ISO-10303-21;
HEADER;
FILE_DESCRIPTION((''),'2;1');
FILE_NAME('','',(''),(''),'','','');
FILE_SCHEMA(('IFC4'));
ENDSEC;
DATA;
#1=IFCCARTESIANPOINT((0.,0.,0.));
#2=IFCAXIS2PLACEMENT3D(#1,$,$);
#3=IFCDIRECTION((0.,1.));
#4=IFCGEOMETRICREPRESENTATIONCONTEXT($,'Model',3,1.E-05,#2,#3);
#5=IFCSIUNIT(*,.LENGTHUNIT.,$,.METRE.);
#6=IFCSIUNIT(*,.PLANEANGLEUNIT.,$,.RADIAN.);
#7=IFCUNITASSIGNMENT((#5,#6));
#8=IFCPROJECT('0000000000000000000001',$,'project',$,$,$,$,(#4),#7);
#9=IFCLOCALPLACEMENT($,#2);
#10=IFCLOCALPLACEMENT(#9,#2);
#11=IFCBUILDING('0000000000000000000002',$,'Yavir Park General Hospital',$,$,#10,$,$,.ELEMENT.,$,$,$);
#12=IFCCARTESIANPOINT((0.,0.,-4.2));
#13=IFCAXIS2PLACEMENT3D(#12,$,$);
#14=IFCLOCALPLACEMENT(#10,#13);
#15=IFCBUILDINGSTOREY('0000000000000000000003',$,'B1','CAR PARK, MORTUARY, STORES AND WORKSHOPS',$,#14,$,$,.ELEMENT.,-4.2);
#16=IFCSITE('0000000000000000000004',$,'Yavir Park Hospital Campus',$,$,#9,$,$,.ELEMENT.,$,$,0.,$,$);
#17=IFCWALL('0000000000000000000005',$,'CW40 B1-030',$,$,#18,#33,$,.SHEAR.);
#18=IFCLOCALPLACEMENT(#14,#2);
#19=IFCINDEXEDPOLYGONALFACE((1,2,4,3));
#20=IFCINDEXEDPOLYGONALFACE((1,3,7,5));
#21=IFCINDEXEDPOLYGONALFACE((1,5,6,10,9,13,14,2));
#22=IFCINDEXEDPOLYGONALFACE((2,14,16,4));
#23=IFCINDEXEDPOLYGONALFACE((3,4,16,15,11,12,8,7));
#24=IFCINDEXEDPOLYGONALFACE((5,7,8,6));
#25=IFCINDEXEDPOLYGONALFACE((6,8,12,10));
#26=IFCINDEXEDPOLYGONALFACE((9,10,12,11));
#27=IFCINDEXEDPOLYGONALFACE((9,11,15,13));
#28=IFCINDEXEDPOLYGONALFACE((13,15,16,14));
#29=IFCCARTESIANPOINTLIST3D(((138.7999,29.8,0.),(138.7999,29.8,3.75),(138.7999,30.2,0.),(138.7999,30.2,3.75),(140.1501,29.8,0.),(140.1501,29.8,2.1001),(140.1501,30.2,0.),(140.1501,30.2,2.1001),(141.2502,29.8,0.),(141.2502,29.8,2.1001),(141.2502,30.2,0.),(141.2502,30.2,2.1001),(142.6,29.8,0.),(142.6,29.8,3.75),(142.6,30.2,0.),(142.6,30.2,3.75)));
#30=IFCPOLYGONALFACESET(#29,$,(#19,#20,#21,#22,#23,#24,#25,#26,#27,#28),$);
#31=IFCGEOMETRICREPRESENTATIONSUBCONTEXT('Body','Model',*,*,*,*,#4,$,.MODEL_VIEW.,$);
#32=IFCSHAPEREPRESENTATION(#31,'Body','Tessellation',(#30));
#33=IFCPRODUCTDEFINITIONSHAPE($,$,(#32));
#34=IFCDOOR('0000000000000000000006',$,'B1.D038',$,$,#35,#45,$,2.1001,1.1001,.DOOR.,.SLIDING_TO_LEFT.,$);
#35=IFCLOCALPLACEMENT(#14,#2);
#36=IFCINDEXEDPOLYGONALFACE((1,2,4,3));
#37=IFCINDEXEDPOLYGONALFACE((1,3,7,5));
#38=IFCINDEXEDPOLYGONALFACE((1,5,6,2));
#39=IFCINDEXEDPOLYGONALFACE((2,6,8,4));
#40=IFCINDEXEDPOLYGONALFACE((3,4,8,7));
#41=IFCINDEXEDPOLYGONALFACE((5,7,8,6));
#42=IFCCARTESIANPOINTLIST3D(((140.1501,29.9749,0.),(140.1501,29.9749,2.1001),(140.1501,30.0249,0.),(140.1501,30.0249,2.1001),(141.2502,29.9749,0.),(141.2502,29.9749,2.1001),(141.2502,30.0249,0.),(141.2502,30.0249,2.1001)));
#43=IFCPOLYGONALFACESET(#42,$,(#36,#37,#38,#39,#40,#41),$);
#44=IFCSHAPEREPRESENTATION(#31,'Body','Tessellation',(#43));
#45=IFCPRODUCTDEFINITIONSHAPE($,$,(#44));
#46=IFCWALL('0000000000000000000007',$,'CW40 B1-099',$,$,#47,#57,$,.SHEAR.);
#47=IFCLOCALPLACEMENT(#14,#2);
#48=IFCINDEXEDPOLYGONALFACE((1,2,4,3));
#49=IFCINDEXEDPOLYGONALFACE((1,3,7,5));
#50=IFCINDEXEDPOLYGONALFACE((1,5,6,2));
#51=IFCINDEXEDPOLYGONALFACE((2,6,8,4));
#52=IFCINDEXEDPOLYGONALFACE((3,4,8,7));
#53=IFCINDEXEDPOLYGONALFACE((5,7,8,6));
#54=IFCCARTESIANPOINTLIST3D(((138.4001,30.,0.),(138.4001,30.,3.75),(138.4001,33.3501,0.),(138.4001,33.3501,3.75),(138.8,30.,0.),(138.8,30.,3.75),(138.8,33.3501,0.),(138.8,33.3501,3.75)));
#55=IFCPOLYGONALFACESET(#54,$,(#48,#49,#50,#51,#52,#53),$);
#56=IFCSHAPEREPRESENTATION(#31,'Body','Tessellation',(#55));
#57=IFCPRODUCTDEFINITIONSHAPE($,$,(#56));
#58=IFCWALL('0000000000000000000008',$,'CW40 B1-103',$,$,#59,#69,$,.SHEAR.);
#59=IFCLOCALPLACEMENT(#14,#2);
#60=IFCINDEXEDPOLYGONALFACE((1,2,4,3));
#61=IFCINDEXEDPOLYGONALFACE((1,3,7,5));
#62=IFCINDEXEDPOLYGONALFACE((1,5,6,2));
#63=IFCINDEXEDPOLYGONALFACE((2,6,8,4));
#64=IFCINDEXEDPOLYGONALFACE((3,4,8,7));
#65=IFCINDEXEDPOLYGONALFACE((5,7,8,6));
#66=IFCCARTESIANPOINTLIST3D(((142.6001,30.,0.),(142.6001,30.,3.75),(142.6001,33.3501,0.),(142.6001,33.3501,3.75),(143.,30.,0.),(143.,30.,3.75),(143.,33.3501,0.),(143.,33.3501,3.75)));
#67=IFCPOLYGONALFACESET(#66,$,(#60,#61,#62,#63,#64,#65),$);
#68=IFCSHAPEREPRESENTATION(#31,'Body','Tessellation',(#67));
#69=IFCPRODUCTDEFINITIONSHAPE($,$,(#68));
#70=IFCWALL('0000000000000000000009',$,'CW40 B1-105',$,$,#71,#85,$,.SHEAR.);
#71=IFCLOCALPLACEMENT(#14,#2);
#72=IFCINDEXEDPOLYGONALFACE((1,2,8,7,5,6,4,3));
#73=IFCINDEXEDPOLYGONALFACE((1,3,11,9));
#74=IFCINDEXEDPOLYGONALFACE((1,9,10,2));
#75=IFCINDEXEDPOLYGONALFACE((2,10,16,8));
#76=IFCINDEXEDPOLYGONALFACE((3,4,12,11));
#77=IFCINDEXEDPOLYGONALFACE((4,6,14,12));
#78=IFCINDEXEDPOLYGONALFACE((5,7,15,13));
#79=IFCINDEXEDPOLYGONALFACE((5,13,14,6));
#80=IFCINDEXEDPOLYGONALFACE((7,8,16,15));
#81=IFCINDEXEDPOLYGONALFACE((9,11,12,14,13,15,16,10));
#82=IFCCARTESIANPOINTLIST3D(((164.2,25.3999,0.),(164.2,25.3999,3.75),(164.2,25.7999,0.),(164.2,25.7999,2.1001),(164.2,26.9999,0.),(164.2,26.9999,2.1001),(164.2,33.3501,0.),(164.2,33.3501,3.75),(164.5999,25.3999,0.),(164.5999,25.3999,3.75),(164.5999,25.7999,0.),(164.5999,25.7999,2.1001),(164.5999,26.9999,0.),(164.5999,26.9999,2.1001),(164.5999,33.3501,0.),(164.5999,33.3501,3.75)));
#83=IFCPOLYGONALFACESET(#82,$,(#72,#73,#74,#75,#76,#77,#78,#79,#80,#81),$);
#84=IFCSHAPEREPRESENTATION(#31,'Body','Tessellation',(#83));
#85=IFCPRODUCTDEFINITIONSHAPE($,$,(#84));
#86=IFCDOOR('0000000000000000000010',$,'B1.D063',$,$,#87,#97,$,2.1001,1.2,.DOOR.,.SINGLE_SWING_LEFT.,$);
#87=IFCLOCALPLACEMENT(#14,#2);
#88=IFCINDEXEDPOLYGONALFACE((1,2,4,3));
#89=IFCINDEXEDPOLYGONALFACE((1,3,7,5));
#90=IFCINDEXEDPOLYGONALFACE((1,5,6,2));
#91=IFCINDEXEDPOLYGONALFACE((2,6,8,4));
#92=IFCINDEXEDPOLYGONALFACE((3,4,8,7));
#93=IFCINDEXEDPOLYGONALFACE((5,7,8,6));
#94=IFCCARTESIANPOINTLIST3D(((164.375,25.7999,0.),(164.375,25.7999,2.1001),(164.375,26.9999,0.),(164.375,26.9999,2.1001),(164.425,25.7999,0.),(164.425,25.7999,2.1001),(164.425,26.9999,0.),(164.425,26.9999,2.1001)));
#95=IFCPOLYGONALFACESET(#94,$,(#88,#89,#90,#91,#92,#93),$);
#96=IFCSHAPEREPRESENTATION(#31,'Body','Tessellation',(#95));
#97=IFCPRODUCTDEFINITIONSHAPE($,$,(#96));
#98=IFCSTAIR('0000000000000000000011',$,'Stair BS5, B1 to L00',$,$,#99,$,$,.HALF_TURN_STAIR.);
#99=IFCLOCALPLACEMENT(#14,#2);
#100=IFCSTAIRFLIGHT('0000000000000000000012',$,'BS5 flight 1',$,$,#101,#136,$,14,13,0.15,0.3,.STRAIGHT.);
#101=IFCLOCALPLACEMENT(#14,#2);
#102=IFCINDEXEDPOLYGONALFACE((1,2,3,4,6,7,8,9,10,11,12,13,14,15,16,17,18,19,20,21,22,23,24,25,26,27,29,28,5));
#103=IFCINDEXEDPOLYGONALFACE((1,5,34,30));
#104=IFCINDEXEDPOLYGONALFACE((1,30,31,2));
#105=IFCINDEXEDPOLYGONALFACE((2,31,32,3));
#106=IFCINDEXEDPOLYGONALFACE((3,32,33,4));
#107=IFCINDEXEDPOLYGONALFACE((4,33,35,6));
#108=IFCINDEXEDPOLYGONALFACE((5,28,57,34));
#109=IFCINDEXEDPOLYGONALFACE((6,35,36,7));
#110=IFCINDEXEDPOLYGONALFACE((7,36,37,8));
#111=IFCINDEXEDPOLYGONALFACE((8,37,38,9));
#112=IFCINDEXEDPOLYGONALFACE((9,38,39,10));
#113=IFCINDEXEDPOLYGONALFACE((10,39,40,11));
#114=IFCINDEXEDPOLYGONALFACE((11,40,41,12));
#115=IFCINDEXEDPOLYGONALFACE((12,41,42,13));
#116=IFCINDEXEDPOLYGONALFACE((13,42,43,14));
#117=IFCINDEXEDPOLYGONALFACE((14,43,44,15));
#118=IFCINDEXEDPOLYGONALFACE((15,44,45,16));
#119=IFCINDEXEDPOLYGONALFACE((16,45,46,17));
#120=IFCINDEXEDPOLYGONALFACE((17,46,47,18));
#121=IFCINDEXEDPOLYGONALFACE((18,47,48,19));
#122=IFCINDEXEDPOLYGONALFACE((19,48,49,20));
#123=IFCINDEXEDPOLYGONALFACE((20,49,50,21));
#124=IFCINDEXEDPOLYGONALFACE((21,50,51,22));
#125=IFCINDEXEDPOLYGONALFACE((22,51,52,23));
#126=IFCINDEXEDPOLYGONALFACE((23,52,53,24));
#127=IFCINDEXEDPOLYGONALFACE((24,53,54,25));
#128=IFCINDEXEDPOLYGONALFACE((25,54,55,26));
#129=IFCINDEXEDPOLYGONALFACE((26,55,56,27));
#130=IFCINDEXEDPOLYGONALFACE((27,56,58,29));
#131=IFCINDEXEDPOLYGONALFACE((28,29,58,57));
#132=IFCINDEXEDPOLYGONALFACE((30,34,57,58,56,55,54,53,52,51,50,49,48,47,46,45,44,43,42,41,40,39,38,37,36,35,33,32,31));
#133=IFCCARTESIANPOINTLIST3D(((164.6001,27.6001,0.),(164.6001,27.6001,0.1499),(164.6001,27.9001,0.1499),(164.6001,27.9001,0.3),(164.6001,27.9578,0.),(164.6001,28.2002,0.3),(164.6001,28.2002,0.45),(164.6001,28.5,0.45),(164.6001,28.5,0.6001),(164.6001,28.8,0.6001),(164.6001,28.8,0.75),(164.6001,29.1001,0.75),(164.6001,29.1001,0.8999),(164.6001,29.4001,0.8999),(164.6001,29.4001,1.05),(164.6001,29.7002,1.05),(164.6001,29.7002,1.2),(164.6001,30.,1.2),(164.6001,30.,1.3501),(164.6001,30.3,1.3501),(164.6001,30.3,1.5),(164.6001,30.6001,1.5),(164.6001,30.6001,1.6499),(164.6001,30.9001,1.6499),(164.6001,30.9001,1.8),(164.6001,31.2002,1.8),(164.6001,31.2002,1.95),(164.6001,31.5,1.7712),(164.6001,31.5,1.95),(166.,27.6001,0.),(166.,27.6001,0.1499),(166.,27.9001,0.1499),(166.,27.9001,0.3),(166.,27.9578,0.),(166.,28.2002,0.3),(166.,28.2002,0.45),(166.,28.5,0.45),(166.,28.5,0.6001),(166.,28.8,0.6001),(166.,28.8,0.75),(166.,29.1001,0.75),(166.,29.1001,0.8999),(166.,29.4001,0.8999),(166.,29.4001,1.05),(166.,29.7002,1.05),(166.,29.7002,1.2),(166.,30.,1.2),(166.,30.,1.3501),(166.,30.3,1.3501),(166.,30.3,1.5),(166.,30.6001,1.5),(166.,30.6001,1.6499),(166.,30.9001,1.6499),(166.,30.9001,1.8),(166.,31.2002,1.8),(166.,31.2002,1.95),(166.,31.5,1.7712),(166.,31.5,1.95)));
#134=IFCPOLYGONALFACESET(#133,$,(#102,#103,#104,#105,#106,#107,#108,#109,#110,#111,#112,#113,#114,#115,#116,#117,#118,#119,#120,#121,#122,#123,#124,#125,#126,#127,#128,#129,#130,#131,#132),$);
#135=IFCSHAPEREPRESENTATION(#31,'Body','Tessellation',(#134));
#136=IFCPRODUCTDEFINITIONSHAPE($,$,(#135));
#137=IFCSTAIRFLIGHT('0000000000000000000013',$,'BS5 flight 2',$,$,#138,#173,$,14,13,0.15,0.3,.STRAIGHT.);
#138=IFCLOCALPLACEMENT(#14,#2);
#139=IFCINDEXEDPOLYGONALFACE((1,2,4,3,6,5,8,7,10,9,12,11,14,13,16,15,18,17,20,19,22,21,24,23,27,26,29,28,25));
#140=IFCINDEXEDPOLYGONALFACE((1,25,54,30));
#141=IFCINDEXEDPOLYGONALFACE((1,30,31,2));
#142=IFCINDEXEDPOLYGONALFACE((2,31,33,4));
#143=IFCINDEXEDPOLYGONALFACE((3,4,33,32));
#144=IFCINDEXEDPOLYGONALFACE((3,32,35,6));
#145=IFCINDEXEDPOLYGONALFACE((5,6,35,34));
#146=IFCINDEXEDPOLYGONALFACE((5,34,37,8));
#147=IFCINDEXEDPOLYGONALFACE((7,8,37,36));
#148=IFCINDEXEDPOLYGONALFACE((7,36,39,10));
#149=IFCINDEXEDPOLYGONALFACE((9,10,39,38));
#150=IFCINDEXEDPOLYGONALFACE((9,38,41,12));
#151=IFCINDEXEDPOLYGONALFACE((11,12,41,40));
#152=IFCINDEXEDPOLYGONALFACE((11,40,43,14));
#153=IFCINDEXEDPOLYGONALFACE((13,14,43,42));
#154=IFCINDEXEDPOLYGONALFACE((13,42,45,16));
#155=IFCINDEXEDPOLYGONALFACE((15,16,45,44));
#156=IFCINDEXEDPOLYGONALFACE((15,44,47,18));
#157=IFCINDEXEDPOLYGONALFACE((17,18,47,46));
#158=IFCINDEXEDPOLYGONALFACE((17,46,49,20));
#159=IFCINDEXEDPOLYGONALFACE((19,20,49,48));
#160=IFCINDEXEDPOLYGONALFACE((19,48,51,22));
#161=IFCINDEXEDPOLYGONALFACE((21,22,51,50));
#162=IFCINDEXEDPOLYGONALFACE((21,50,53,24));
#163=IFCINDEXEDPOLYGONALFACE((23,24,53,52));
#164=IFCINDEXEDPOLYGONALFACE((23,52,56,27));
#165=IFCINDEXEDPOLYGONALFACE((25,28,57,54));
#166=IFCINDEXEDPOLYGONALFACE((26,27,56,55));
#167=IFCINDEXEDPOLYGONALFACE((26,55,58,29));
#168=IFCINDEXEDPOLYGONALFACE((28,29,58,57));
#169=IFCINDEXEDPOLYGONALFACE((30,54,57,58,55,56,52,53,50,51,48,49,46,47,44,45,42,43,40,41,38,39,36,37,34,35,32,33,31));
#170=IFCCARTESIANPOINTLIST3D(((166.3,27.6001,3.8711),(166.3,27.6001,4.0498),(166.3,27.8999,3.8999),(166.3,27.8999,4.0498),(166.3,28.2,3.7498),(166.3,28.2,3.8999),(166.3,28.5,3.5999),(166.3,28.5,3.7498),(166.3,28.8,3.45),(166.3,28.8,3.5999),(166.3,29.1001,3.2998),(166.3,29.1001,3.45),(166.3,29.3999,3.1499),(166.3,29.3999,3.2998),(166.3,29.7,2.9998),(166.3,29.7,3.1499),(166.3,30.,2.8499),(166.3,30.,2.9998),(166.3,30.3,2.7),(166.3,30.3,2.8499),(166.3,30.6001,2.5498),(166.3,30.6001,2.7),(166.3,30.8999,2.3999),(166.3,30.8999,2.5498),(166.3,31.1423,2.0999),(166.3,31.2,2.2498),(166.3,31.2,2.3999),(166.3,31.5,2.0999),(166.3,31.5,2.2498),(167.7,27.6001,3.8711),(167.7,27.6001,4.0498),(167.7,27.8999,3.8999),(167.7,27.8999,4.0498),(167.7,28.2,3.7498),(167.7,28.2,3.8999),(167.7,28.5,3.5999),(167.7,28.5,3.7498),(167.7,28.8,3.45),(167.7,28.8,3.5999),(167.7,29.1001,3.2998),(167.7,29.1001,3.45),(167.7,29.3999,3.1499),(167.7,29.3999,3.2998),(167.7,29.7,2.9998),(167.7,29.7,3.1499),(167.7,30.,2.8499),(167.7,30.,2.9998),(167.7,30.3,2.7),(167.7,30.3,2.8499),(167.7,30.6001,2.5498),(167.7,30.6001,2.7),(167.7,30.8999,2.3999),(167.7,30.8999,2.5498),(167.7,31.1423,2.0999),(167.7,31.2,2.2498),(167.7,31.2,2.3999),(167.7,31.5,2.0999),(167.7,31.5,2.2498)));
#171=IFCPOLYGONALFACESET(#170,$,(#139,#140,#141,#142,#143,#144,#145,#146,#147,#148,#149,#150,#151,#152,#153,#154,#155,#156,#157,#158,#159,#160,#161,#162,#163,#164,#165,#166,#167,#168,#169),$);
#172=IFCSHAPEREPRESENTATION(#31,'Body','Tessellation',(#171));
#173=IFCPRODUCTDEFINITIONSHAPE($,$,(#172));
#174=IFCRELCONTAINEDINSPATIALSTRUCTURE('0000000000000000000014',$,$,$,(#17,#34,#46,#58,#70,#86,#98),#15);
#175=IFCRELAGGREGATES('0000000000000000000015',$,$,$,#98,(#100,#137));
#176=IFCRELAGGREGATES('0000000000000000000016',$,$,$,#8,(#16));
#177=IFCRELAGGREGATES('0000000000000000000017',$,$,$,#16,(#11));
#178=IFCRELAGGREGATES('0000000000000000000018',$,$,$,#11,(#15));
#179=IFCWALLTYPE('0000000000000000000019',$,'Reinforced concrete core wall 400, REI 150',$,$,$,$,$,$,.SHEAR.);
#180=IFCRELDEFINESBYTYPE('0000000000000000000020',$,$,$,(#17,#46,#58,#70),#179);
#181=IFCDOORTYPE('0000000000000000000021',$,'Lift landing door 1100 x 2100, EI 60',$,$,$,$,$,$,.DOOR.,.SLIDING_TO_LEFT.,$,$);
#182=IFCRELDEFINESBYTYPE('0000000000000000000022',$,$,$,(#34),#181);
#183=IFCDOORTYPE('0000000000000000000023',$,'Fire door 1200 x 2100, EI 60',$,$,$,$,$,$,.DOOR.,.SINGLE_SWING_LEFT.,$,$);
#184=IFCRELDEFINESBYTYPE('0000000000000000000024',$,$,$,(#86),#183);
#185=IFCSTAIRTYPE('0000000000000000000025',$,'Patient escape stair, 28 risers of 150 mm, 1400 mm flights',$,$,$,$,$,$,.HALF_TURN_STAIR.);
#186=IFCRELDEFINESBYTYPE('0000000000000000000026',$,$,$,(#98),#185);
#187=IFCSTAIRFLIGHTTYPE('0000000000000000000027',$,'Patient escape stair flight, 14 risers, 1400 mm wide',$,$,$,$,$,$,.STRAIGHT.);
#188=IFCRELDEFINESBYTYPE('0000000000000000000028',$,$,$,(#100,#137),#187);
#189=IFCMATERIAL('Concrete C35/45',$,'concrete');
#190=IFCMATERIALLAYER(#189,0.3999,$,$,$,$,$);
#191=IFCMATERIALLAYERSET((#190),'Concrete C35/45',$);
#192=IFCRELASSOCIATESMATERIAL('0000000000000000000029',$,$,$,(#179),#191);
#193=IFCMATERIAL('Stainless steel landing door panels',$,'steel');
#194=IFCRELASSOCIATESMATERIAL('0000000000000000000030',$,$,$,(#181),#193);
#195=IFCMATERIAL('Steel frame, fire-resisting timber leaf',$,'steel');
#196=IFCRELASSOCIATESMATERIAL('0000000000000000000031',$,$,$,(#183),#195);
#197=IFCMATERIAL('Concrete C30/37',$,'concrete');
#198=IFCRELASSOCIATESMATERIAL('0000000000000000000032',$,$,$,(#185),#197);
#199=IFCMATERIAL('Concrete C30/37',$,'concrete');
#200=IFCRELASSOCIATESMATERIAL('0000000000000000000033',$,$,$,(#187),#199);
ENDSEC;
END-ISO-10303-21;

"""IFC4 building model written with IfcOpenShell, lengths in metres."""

from ifc_helpers import new_model, si_unit, direction, frame, frame_2d, origin, place, context, subcontext, project, spatial, polyline, rectangle, outline, extrude, material, layer, layer_set, type_object, element, fill, aggregate, save


model = new_model("IFC4")

# Units and contexts
model_context = context("Model", 3, precision=1e-05, world=origin(), true_north=direction((0.0, 1.0)))
body_context = subcontext(model_context, "Body", "Model", "MODEL_VIEW")
ifc_project = project(units=[si_unit("LENGTHUNIT", "METRE"), si_unit("PLANEANGLEUNIT", "RADIAN")], contexts=[model_context])

# Site, building, storey
site_placement = place(None, origin())
site = spatial("IfcSite", under=ifc_project, at=site_placement, Name="Yavir Park Hospital Campus", CompositionType="ELEMENT", RefElevation=0.0)
building_placement = place(site_placement, origin())
building = spatial("IfcBuilding", under=site, at=building_placement, Name="Yavir Park General Hospital", CompositionType="ELEMENT")
storey_placement = place(building_placement, frame((0.0, 0.0, -4.2)))
storey = spatial("IfcBuildingStorey", under=building, at=storey_placement, Name="B1", Description="CAR PARK, MORTUARY, STORES AND WORKSHOPS", CompositionType="ELEMENT", Elevation=-4.2)

# Shared definitions
ifc_material_1 = material(Name="Concrete C35/45", Category="concrete")
ifc_layer_1 = layer(ifc_material_1, 0.3999)
ifc_layer_set_1 = layer_set([ifc_layer_1], Name="Concrete C35/45")
wall_type_1 = type_object("IfcWallType", Name="Reinforced concrete core wall 400, REI 150", PredefinedType="SHEAR", material=ifc_layer_set_1)

# Wall, opening, door
wall_1_placement = place(storey_placement, frame((138.8, 30.0, 0.0), z_axis=(0.0, 0.0, 1.0), x_axis=(1.0, 0.0, 0.0)))
wall_1 = element("IfcWall", 1, at=wall_1_placement, inside=storey, type_object=wall_type_1, Name="CW40 B1-030", PredefinedType="SHEAR", context=body_context, shape_type="SweptSolid", body=[
    extrude(rectangle(XDim=3.8, YDim=0.3999, at=frame_2d((1.8999, 0.0))), origin(), (0.0, 0.0, 1.0), 3.75),
])
opening_1_placement = place(wall_1_placement, frame((1.3501, 0.0, 0.0)))
opening_1 = element("IfcOpeningElement", 2, at=opening_1_placement, cuts=wall_1, PredefinedType="OPENING", context=body_context, shape_type="SweptSolid", body=[
    extrude(rectangle(XDim=1.1001, YDim=2.1001, at=frame_2d((0.55, 1.05))), frame((0.0, 0.21, 0.0), z_axis=(0.0, -1.0, 0.0), x_axis=(1.0, 0.0, 0.0)), (0.0, 0.0, 1.0), 0.4199),
])
ifc_material_2 = material(Name="Stainless steel landing door panels", Category="steel")
door_type_1 = type_object("IfcDoorType", Name="Lift landing door 1100 x 2100, EI 60", OperationType="SLIDING_TO_LEFT", PredefinedType="DOOR", material=ifc_material_2)
door_1_placement = place(opening_1_placement, origin())
door_1 = element("IfcDoor", 3, at=door_1_placement, inside=storey, type_object=door_type_1, Name="B1.D038", OperationType="SLIDING_TO_LEFT", OverallHeight=2.1001, OverallWidth=1.1001, PredefinedType="DOOR", context=body_context, shape_type="SweptSolid", body=[
    extrude(rectangle(XDim=1.1001, YDim=2.1001, at=frame_2d((0.55, 1.05))), frame((0.0, 0.0249, 0.0), z_axis=(0.0, -1.0, 0.0), x_axis=(1.0, 0.0, 0.0)), (0.0, 0.0, 1.0), 0.05),
])
fill(opening_1, door_1)

# Walls
for number, where, z_axis, x_axis, name in (
    (4, (138.6001, 30.0, 0.0), (0.0, 0.0, 1.0), (0.0, 1.0, 0.0), "CW40 B1-099"),
    (5, (142.8, 30.0, 0.0), (0.0, 0.0, 1.0), (0.0, 1.0, 0.0), "CW40 B1-103"),
):
    element("IfcWall", number, at=place(storey_placement, frame(where, z_axis=z_axis, x_axis=x_axis)), inside=storey, type_object=wall_type_1, Name=name, PredefinedType="SHEAR", context=body_context, shape_type="SweptSolid", body=[
        extrude(rectangle(XDim=3.3501, YDim=0.3999, at=frame_2d((1.675, 0.0))), origin(), (0.0, 0.0, 1.0), 3.75),
    ])

# Wall, opening, door
wall_2_placement = place(storey_placement, frame((164.3999, 25.3999, 0.0), z_axis=(0.0, 0.0, 1.0), x_axis=(0.0, 1.0, 0.0)))
wall_2 = element("IfcWall", 6, at=wall_2_placement, inside=storey, type_object=wall_type_1, Name="CW40 B1-105", PredefinedType="SHEAR", context=body_context, shape_type="SweptSolid", body=[
    extrude(rectangle(XDim=7.9502, YDim=0.3999, at=frame_2d((3.9751, 0.0))), origin(), (0.0, 0.0, 1.0), 3.75),
])
opening_2_placement = place(wall_2_placement, frame((0.3999, 0.0, 0.0)))
opening_2 = element("IfcOpeningElement", 7, at=opening_2_placement, cuts=wall_2, PredefinedType="OPENING", context=body_context, shape_type="SweptSolid", body=[
    extrude(rectangle(XDim=1.2, YDim=2.1001, at=frame_2d((0.6001, 1.05))), frame((0.0, 0.21, 0.0), z_axis=(0.0, -1.0, 0.0), x_axis=(1.0, 0.0, 0.0)), (0.0, 0.0, 1.0), 0.4199),
])
ifc_material_3 = material(Name="Steel frame, fire-resisting timber leaf", Category="steel")
door_type_2 = type_object("IfcDoorType", Name="Fire door 1200 x 2100, EI 60", OperationType="SINGLE_SWING_LEFT", PredefinedType="DOOR", material=ifc_material_3)
door_2_placement = place(opening_2_placement, origin())
door_2 = element("IfcDoor", 8, at=door_2_placement, inside=storey, type_object=door_type_2, Name="B1.D063", OperationType="SINGLE_SWING_LEFT", OverallHeight=2.1001, OverallWidth=1.2, PredefinedType="DOOR", context=body_context, shape_type="SweptSolid", body=[
    extrude(rectangle(XDim=1.2, YDim=2.1001, at=frame_2d((0.6001, 1.05))), frame((0.0, 0.0249, 0.0), z_axis=(0.0, -1.0, 0.0), x_axis=(1.0, 0.0, 0.0)), (0.0, 0.0, 1.0), 0.05),
])
fill(opening_2, door_2)

# Stair, stair flights
ifc_material_4 = material(Name="Concrete C30/37", Category="concrete")
stair_type = type_object("IfcStairType", Name="Patient escape stair, 28 risers of 150 mm, 1400 mm flights", PredefinedType="HALF_TURN_STAIR", material=ifc_material_4)
stair_placement = place(storey_placement, origin())
stair = element("IfcStair", 9, at=stair_placement, inside=storey, type_object=stair_type, Name="Stair BS5, B1 to L00", PredefinedType="HALF_TURN_STAIR")
ifc_material_5 = material(Name="Concrete C30/37", Category="concrete")
stair_flight_type = type_object("IfcStairFlightType", Name="Patient escape stair flight, 14 risers, 1400 mm wide", PredefinedType="STRAIGHT", material=ifc_material_5)
stair_flight_1_placement = place(storey_placement, frame((165.3, 27.6001, 0.0), z_axis=(0.0, 0.0, 1.0), x_axis=(0.0, 1.0, 0.0)))
stair_flight_1 = element("IfcStairFlight", 10, at=stair_flight_1_placement, type_object=stair_flight_type, Name="BS5 flight 1", NumberOfRisers=14, NumberOfTreads=13, PredefinedType="STRAIGHT", RiserHeight=0.15, TreadLength=0.3, context=body_context, shape_type="SweptSolid", body=[
    extrude(outline(polyline([(0.0, 0.0), (0.0, 0.1499), (0.3, 0.1499), (0.3, 0.3), (0.6001, 0.3), (0.6001, 0.45), (0.8999, 0.45), (0.8999, 0.6001), (1.2, 0.6001), (1.2, 0.75), (1.5, 0.75), (1.5, 0.8999), (1.8, 0.8999), (1.8, 1.05), (2.1001, 1.05), (2.1001, 1.2), (2.3999, 1.2), (2.3999, 1.3501), (2.7, 1.3501), (2.7, 1.5), (3.0, 1.5), (3.0, 1.6499), (3.3, 1.6499), (3.3, 1.8), (3.6001, 1.8), (3.6001, 1.95), (3.8999, 1.95), (3.8999, 2.1001), (3.8999, 1.7712), (0.3577, 0.0), (0.0, 0.0)])), frame((0.0, 0.7, 0.0), z_axis=(0.0, -1.0, 0.0), x_axis=(1.0, 0.0, 0.0)), (0.0, 0.0, 1.0), 1.3999),
])
stair_flight_2_placement = place(storey_placement, frame((167.0, 31.5, 2.0999), z_axis=(0.0, 0.0, 1.0), x_axis=(0.0, -1.0, 0.0)))
stair_flight_2 = element("IfcStairFlight", 11, at=stair_flight_2_placement, type_object=stair_flight_type, Name="BS5 flight 2", NumberOfRisers=14, NumberOfTreads=13, PredefinedType="STRAIGHT", RiserHeight=0.15, TreadLength=0.3, context=body_context, shape_type="SweptSolid", body=[
    extrude(outline(polyline([(0.0, 0.0), (0.0, 0.1499), (0.3, 0.1499), (0.3, 0.3), (0.6001, 0.3), (0.6001, 0.45), (0.8999, 0.45), (0.8999, 0.6001), (1.2, 0.6001), (1.2, 0.75), (1.5, 0.75), (1.5, 0.8999), (1.8, 0.8999), (1.8, 1.05), (2.1001, 1.05), (2.1001, 1.2), (2.3999, 1.2), (2.3999, 1.3501), (2.7, 1.3501), (2.7, 1.5), (3.0, 1.5), (3.0, 1.6499), (3.3, 1.6499), (3.3, 1.8), (3.6001, 1.8), (3.6001, 1.95), (3.8999, 1.95), (3.8999, 2.1001), (3.8999, 1.7712), (0.3577, 0.0), (0.0, 0.0)])), frame((0.0, 0.7, 0.0), z_axis=(0.0, -1.0, 0.0), x_axis=(1.0, 0.0, 0.0)), (0.0, 0.0, 1.0), 1.3999),
])
aggregate(stair, [stair_flight_1, stair_flight_2])

save(model, "model.ifc")
